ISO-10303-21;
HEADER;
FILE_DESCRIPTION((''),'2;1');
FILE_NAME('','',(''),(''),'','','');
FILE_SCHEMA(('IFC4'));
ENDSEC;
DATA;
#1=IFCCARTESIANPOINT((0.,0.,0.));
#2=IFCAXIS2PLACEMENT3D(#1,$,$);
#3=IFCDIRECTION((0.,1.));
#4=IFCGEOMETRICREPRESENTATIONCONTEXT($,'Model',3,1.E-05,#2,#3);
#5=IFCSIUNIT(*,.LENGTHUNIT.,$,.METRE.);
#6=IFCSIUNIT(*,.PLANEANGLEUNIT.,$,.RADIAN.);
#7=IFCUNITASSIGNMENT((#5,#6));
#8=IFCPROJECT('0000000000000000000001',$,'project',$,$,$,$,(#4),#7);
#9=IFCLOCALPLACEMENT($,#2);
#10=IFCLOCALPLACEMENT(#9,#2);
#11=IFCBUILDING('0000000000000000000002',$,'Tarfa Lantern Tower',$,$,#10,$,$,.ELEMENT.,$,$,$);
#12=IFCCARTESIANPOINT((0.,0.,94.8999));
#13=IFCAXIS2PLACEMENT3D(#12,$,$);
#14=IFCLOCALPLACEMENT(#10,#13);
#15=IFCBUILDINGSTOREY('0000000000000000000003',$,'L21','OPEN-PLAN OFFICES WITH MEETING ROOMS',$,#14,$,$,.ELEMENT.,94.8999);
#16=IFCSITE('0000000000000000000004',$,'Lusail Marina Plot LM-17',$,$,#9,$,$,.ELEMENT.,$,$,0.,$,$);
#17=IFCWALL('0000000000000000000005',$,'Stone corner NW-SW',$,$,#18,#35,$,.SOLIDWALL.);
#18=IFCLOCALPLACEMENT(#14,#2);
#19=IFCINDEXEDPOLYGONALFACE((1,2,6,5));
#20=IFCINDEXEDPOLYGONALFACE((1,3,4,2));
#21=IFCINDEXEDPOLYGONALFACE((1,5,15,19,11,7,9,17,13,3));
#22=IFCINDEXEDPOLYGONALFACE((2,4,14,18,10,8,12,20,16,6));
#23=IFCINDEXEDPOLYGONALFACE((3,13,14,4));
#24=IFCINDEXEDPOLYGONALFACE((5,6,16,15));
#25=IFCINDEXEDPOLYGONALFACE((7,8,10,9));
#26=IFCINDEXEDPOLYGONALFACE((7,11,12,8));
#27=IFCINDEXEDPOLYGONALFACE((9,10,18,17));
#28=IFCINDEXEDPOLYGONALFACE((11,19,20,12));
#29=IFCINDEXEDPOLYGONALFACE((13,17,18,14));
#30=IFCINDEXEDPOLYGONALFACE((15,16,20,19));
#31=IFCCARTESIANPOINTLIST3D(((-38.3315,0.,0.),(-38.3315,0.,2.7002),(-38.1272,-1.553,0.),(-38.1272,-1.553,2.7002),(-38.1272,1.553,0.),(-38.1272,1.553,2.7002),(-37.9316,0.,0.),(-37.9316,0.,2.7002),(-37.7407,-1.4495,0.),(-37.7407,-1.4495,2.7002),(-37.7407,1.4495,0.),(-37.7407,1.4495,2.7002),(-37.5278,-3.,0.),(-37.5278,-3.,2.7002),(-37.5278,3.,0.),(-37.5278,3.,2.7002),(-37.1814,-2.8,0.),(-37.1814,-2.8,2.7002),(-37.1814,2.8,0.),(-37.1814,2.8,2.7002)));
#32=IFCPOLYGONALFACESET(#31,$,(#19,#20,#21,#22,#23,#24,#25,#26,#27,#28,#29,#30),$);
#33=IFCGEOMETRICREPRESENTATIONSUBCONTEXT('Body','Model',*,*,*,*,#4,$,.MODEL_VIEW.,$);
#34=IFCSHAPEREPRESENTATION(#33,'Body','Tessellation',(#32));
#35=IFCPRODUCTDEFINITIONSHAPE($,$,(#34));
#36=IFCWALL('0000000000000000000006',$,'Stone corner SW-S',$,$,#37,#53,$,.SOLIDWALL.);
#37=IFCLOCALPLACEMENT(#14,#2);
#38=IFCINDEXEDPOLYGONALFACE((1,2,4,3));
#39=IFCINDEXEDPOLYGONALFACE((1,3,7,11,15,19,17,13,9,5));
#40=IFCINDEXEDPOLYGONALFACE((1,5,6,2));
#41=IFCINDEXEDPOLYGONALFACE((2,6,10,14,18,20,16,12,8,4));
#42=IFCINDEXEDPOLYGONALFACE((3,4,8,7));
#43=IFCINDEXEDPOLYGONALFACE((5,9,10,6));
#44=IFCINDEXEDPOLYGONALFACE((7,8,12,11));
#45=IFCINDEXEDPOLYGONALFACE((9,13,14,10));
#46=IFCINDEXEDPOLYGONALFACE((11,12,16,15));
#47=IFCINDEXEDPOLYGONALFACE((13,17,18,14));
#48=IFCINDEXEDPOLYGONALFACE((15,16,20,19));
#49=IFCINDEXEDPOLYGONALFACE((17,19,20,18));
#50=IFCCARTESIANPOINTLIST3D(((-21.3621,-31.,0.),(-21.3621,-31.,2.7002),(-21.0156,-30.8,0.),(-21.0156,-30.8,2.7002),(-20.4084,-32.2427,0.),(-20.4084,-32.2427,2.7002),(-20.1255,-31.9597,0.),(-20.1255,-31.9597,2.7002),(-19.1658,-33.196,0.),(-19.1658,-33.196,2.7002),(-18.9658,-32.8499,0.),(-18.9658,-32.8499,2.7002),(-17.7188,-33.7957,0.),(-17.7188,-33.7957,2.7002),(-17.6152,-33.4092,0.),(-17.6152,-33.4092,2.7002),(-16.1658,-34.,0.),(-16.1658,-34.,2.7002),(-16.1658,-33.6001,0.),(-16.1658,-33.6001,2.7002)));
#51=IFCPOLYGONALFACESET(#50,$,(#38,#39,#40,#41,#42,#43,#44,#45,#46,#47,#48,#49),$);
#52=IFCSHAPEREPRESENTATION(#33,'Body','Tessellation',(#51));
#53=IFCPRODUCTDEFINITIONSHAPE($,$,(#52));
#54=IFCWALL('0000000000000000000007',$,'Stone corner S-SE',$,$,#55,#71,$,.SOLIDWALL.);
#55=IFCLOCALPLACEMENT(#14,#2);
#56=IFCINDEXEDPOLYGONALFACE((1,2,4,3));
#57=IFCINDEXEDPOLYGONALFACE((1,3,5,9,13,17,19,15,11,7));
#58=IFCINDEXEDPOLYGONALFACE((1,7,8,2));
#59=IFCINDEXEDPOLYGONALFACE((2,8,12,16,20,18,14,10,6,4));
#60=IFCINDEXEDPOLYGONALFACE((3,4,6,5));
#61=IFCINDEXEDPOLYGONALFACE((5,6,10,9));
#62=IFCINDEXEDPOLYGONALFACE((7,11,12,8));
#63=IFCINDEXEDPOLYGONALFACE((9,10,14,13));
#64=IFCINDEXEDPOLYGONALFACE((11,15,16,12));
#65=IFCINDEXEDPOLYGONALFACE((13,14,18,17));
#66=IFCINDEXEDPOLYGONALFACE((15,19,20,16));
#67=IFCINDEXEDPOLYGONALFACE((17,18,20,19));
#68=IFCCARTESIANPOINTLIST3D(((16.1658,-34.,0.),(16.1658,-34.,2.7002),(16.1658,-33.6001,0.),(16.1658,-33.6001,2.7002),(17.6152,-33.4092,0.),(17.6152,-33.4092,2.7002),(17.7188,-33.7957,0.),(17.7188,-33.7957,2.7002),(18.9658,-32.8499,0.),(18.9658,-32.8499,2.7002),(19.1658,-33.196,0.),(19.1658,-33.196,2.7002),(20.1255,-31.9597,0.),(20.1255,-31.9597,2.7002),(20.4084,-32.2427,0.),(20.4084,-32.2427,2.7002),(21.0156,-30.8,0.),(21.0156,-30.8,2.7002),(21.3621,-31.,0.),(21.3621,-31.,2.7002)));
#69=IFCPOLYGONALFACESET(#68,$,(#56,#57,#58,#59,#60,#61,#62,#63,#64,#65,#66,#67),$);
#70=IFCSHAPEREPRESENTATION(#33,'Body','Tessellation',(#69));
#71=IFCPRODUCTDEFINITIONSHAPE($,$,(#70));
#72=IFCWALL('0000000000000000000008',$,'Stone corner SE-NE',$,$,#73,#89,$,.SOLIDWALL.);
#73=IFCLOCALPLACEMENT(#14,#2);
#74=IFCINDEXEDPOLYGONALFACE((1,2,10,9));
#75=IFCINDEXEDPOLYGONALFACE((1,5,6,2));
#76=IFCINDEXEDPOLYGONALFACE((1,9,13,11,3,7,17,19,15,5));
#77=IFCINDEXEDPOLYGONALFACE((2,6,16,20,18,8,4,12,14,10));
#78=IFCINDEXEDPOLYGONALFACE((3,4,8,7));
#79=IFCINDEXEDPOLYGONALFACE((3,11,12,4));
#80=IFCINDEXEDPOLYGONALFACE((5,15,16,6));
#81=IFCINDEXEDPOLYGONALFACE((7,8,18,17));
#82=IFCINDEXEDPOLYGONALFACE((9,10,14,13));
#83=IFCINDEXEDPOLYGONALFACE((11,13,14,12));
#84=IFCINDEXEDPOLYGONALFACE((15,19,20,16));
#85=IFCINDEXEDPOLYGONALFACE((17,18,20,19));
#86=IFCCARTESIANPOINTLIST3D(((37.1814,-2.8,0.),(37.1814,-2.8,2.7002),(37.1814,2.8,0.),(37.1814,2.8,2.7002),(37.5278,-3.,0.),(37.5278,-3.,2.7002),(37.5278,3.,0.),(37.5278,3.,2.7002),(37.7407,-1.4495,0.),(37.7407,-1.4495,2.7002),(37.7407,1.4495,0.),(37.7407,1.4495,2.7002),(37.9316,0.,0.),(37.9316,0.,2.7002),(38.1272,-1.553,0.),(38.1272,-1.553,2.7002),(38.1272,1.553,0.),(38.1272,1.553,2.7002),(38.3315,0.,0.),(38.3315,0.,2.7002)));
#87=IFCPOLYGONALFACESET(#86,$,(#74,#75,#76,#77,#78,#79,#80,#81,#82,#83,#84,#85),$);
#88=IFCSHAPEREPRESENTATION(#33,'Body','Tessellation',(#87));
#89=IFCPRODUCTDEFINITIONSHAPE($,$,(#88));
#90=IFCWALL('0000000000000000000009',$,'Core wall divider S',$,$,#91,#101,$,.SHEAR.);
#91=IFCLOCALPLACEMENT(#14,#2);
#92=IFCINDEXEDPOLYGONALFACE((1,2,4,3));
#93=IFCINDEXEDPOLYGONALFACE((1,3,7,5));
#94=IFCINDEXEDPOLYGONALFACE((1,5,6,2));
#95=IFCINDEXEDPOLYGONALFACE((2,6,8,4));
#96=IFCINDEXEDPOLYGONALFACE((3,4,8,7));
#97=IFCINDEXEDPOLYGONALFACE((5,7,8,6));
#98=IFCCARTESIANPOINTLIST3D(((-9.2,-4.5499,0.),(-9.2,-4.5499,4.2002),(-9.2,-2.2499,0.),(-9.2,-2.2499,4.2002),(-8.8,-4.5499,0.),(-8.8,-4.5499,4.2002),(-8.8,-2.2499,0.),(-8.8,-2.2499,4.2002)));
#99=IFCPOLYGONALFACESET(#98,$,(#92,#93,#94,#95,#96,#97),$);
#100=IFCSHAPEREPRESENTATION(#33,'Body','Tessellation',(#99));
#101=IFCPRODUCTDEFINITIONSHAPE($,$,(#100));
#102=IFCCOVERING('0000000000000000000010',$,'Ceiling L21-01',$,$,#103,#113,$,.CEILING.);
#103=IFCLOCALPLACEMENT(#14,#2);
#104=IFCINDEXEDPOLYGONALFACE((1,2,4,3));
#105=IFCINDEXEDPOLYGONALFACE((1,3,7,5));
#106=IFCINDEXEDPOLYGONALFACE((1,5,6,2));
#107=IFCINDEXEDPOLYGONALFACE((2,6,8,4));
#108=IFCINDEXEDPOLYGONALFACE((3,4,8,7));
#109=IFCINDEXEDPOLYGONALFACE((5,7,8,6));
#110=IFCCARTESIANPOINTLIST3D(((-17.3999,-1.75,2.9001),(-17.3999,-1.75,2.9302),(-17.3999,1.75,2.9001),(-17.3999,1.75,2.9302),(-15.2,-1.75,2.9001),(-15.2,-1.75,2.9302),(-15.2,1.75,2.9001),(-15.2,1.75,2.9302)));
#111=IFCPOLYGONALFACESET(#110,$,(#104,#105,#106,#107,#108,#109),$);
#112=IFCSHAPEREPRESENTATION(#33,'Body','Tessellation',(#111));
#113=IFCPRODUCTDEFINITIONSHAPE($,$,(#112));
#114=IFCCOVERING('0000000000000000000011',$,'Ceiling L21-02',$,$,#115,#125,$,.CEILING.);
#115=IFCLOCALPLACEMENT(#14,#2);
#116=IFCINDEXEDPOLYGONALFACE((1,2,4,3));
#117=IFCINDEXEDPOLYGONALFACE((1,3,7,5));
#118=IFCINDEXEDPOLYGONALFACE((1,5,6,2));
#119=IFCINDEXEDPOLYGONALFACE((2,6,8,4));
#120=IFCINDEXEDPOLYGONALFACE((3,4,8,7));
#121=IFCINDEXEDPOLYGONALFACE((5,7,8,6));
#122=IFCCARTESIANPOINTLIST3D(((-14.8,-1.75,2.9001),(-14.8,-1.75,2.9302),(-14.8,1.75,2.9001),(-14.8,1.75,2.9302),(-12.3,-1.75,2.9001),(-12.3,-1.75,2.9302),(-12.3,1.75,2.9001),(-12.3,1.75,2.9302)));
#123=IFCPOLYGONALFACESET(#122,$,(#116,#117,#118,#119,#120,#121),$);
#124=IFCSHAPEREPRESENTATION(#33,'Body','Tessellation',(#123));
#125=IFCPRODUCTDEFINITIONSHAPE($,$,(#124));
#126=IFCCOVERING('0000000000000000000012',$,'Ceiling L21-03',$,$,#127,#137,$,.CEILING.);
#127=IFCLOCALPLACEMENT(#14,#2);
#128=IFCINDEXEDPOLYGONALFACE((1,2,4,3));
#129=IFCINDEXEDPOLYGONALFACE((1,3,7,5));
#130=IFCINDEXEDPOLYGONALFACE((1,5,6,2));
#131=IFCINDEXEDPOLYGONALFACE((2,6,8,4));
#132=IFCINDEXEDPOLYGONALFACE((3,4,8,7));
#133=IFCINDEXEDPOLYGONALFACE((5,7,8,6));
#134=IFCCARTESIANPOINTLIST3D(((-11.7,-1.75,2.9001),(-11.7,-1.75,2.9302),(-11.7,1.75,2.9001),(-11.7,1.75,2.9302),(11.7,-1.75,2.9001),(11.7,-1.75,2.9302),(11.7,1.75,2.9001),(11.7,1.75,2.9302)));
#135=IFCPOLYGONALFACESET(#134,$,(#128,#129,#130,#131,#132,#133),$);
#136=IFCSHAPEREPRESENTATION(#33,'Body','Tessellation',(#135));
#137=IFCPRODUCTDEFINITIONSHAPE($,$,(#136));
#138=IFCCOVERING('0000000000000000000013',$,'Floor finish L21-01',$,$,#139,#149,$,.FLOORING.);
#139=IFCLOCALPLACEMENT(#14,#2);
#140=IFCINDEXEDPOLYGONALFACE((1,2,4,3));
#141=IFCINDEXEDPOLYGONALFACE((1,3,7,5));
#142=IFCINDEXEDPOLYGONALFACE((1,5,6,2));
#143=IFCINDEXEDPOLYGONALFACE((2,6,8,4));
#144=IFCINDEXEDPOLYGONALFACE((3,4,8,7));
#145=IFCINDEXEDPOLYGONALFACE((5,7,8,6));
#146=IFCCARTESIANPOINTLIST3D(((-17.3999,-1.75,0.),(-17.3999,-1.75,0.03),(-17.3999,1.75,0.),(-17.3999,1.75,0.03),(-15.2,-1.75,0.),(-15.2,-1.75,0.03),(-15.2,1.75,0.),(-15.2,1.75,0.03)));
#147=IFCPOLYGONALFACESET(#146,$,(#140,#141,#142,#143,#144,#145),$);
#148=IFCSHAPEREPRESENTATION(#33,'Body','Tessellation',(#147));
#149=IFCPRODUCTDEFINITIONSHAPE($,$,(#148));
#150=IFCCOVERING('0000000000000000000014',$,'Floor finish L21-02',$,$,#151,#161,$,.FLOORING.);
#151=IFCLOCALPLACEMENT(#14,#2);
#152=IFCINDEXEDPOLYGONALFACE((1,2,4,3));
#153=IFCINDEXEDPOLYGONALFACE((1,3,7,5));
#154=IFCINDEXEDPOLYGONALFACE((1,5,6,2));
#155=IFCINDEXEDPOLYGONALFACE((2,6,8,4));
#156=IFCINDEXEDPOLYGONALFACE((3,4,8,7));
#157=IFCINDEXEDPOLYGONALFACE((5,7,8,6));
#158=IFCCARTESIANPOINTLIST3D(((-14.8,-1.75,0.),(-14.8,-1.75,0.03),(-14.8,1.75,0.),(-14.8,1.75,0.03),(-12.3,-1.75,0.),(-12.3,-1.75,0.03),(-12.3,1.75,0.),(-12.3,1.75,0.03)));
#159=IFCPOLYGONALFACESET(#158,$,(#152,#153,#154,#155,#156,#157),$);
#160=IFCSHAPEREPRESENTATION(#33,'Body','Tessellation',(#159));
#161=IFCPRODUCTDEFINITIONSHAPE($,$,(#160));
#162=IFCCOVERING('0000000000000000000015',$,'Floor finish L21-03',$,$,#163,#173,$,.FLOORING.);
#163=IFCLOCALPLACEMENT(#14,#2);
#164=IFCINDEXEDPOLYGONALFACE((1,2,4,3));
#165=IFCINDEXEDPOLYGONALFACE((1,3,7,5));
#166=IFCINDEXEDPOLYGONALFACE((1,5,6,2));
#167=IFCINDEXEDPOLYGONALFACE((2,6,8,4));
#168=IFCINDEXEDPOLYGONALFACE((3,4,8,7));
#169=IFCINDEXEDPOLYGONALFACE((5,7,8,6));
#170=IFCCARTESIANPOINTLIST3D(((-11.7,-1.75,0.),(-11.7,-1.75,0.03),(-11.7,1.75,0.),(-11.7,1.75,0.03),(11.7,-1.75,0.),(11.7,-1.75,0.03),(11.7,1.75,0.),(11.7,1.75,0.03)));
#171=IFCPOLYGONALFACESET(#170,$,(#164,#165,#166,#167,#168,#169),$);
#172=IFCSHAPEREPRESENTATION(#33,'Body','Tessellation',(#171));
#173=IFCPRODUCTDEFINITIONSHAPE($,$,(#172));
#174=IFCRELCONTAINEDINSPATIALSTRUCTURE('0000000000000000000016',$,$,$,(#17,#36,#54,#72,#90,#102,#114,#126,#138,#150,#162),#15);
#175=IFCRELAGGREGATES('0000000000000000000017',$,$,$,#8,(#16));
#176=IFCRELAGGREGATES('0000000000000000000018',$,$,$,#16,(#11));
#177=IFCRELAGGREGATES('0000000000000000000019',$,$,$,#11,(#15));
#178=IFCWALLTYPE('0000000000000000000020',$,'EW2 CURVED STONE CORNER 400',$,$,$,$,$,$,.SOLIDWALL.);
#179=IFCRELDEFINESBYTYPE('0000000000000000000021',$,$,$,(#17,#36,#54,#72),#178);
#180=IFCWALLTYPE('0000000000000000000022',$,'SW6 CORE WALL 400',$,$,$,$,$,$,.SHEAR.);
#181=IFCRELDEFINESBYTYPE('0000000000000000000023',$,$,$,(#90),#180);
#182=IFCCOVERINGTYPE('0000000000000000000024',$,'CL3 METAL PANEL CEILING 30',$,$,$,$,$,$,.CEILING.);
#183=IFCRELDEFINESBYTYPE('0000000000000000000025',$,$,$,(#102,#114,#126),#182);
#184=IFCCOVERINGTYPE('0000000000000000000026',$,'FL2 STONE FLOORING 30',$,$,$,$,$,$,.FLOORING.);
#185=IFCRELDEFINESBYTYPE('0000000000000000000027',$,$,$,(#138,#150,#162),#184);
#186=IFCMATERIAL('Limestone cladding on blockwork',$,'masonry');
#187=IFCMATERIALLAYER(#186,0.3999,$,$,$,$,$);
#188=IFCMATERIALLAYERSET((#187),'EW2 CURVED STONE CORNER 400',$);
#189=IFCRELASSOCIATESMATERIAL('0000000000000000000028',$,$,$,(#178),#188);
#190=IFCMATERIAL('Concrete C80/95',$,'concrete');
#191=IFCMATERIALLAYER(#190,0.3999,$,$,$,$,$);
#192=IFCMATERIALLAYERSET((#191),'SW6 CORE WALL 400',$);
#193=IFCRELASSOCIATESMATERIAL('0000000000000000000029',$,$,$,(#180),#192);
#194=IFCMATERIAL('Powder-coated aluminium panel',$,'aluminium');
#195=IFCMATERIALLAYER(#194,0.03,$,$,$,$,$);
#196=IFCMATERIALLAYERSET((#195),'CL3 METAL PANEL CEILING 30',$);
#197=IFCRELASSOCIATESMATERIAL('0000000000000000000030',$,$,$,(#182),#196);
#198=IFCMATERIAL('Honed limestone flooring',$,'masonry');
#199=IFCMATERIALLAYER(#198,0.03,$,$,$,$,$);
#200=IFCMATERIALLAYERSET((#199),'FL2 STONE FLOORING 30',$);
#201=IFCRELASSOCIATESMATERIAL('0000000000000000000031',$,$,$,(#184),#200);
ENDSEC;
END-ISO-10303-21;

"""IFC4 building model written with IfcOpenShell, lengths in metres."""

from ifc_helpers import new_model, si_unit, direction, frame, frame_2d, origin, place, context, subcontext, project, spatial, polyline, rectangle, outline, extrude, material, layer, layer_set, type_object, element, save


model = new_model("IFC4")

# Units and contexts
model_context = context("Model", 3, precision=1e-05, world=origin(), true_north=direction((0.0, 1.0)))
body_context = subcontext(model_context, "Body", "Model", "MODEL_VIEW")
ifc_project = project(units=[si_unit("LENGTHUNIT", "METRE"), si_unit("PLANEANGLEUNIT", "RADIAN")], contexts=[model_context])

# Site, building, storey
site_placement = place(None, origin())
site = spatial("IfcSite", under=ifc_project, at=site_placement, Name="Lusail Marina Plot LM-17", CompositionType="ELEMENT", RefElevation=0.0)
building_placement = place(site_placement, origin())
building = spatial("IfcBuilding", under=site, at=building_placement, Name="Tarfa Lantern Tower", CompositionType="ELEMENT")
storey_placement = place(building_placement, frame((0.0, 0.0, 94.8999)))
storey = spatial("IfcBuildingStorey", under=building, at=storey_placement, Name="L21", Description="OPEN-PLAN OFFICES WITH MEETING ROOMS", CompositionType="ELEMENT", Elevation=94.8999)

# Walls
ifc_material_1 = material(Name="Limestone cladding on blockwork", Category="masonry")
ifc_layer_1 = layer(ifc_material_1, 0.3999)
ifc_layer_set_1 = layer_set([ifc_layer_1], Name="EW2 CURVED STONE CORNER 400")
wall_type_1 = type_object("IfcWallType", Name="EW2 CURVED STONE CORNER 400", PredefinedType="SOLIDWALL", material=ifc_layer_set_1)
wall_1_placement = place(storey_placement, origin())
element("IfcWall", 1, at=wall_1_placement, inside=storey, type_object=wall_type_1, Name="Stone corner NW-SW", PredefinedType="SOLIDWALL", context=body_context, shape_type="SweptSolid", body=[
    extrude(outline(polyline([(-37.5278, 3.0), (-38.1272, 1.553), (-38.3315, 0.0), (-38.1272, -1.553), (-37.5278, -3.0), (-37.1814, -2.8), (-37.7407, -1.4495), (-37.9316, 0.0), (-37.7407, 1.4495), (-37.1814, 2.8), (-37.5278, 3.0)])), origin(), (0.0, 0.0, 1.0), 2.7002),
])
wall_2_placement = place(storey_placement, origin())
element("IfcWall", 2, at=wall_2_placement, inside=storey, type_object=wall_type_1, Name="Stone corner SW-S", PredefinedType="SOLIDWALL", context=body_context, shape_type="SweptSolid", body=[
    extrude(outline(polyline([(-21.3621, -31.0), (-20.4084, -32.2427), (-19.1658, -33.196), (-17.7188, -33.7957), (-16.1658, -34.0), (-16.1658, -33.6001), (-17.6152, -33.4092), (-18.9658, -32.8499), (-20.1255, -31.9597), (-21.0156, -30.8), (-21.3621, -31.0)])), origin(), (0.0, 0.0, 1.0), 2.7002),
])
wall_3_placement = place(storey_placement, origin())
element("IfcWall", 3, at=wall_3_placement, inside=storey, type_object=wall_type_1, Name="Stone corner S-SE", PredefinedType="SOLIDWALL", context=body_context, shape_type="SweptSolid", body=[
    extrude(outline(polyline([(16.1658, -34.0), (17.7188, -33.7957), (19.1658, -33.196), (20.4084, -32.2427), (21.3621, -31.0), (21.0156, -30.8), (20.1255, -31.9597), (18.9658, -32.8499), (17.6152, -33.4092), (16.1658, -33.6001), (16.1658, -34.0)])), origin(), (0.0, 0.0, 1.0), 2.7002),
])
wall_4_placement = place(storey_placement, origin())
element("IfcWall", 4, at=wall_4_placement, inside=storey, type_object=wall_type_1, Name="Stone corner SE-NE", PredefinedType="SOLIDWALL", context=body_context, shape_type="SweptSolid", body=[
    extrude(outline(polyline([(37.5278, -3.0), (38.1272, -1.553), (38.3315, 0.0), (38.1272, 1.553), (37.5278, 3.0), (37.1814, 2.8), (37.7407, 1.4495), (37.9316, 0.0), (37.7407, -1.4495), (37.1814, -2.8), (37.5278, -3.0)])), origin(), (0.0, 0.0, 1.0), 2.7002),
])
ifc_material_2 = material(Name="Concrete C80/95", Category="concrete")
ifc_layer_2 = layer(ifc_material_2, 0.3999)
ifc_layer_set_2 = layer_set([ifc_layer_2], Name="SW6 CORE WALL 400")
wall_type_2 = type_object("IfcWallType", Name="SW6 CORE WALL 400", PredefinedType="SHEAR", material=ifc_layer_set_2)
wall_5_placement = place(storey_placement, frame((-9.0, -2.25, 0.0), z_axis=(0.0, 0.0, 1.0), x_axis=(0.0, -1.0, 0.0)))
element("IfcWall", 5, at=wall_5_placement, inside=storey, type_object=wall_type_2, Name="Core wall divider S", PredefinedType="SHEAR", context=body_context, shape_type="SweptSolid", body=[
    extrude(rectangle(XDim=2.3, YDim=0.3999, at=frame_2d((1.1499, 0.0))), origin(), (0.0, 0.0, 1.0), 4.2002),
])

# Coverings
ifc_material_3 = material(Name="Powder-coated aluminium panel", Category="aluminium")
ifc_layer_3 = layer(ifc_material_3, 0.03)
ifc_layer_set_3 = layer_set([ifc_layer_3], Name="CL3 METAL PANEL CEILING 30")
covering_type_1 = type_object("IfcCoveringType", Name="CL3 METAL PANEL CEILING 30", PredefinedType="CEILING", material=ifc_layer_set_3)
covering_1_placement = place(storey_placement, frame((0.0, 0.0, 2.9001)))
element("IfcCovering", 6, at=covering_1_placement, inside=storey, type_object=covering_type_1, Name="Ceiling L21-01", PredefinedType="CEILING", context=body_context, shape_type="SweptSolid", body=[
    extrude(outline(polyline([(-17.3999, -1.75), (-15.2, -1.75), (-15.2, 1.75), (-17.3999, 1.75), (-17.3999, -1.75)])), origin(), (0.0, 0.0, 1.0), 0.03),
])
covering_2_placement = place(storey_placement, frame((0.0, 0.0, 2.9001)))
element("IfcCovering", 7, at=covering_2_placement, inside=storey, type_object=covering_type_1, Name="Ceiling L21-02", PredefinedType="CEILING", context=body_context, shape_type="SweptSolid", body=[
    extrude(outline(polyline([(-14.8, -1.75), (-12.3, -1.75), (-12.3, 1.75), (-14.8, 1.75), (-14.8, -1.75)])), origin(), (0.0, 0.0, 1.0), 0.03),
])
covering_3_placement = place(storey_placement, frame((0.0, 0.0, 2.9001)))
element("IfcCovering", 8, at=covering_3_placement, inside=storey, type_object=covering_type_1, Name="Ceiling L21-03", PredefinedType="CEILING", context=body_context, shape_type="SweptSolid", body=[
    extrude(outline(polyline([(-11.7, -1.75), (11.7, -1.75), (11.7, 1.75), (-11.7, 1.75), (-11.7, -1.75)])), origin(), (0.0, 0.0, 1.0), 0.03),
])
ifc_material_4 = material(Name="Honed limestone flooring", Category="masonry")
ifc_layer_4 = layer(ifc_material_4, 0.03)
ifc_layer_set_4 = layer_set([ifc_layer_4], Name="FL2 STONE FLOORING 30")
covering_type_2 = type_object("IfcCoveringType", Name="FL2 STONE FLOORING 30", PredefinedType="FLOORING", material=ifc_layer_set_4)
covering_4_placement = place(storey_placement, origin())
element("IfcCovering", 9, at=covering_4_placement, inside=storey, type_object=covering_type_2, Name="Floor finish L21-01", PredefinedType="FLOORING", context=body_context, shape_type="SweptSolid", body=[
    extrude(outline(polyline([(-17.3999, -1.75), (-15.2, -1.75), (-15.2, 1.75), (-17.3999, 1.75), (-17.3999, -1.75)])), origin(), (0.0, 0.0, 1.0), 0.03),
])
covering_5_placement = place(storey_placement, origin())
element("IfcCovering", 10, at=covering_5_placement, inside=storey, type_object=covering_type_2, Name="Floor finish L21-02", PredefinedType="FLOORING", context=body_context, shape_type="SweptSolid", body=[
    extrude(outline(polyline([(-14.8, -1.75), (-12.3, -1.75), (-12.3, 1.75), (-14.8, 1.75), (-14.8, -1.75)])), origin(), (0.0, 0.0, 1.0), 0.03),
])
covering_6_placement = place(storey_placement, origin())
element("IfcCovering", 11, at=covering_6_placement, inside=storey, type_object=covering_type_2, Name="Floor finish L21-03", PredefinedType="FLOORING", context=body_context, shape_type="SweptSolid", body=[
    extrude(outline(polyline([(-11.7, -1.75), (11.7, -1.75), (11.7, 1.75), (-11.7, 1.75), (-11.7, -1.75)])), origin(), (0.0, 0.0, 1.0), 0.03),
])

save(model, "model.ifc")
